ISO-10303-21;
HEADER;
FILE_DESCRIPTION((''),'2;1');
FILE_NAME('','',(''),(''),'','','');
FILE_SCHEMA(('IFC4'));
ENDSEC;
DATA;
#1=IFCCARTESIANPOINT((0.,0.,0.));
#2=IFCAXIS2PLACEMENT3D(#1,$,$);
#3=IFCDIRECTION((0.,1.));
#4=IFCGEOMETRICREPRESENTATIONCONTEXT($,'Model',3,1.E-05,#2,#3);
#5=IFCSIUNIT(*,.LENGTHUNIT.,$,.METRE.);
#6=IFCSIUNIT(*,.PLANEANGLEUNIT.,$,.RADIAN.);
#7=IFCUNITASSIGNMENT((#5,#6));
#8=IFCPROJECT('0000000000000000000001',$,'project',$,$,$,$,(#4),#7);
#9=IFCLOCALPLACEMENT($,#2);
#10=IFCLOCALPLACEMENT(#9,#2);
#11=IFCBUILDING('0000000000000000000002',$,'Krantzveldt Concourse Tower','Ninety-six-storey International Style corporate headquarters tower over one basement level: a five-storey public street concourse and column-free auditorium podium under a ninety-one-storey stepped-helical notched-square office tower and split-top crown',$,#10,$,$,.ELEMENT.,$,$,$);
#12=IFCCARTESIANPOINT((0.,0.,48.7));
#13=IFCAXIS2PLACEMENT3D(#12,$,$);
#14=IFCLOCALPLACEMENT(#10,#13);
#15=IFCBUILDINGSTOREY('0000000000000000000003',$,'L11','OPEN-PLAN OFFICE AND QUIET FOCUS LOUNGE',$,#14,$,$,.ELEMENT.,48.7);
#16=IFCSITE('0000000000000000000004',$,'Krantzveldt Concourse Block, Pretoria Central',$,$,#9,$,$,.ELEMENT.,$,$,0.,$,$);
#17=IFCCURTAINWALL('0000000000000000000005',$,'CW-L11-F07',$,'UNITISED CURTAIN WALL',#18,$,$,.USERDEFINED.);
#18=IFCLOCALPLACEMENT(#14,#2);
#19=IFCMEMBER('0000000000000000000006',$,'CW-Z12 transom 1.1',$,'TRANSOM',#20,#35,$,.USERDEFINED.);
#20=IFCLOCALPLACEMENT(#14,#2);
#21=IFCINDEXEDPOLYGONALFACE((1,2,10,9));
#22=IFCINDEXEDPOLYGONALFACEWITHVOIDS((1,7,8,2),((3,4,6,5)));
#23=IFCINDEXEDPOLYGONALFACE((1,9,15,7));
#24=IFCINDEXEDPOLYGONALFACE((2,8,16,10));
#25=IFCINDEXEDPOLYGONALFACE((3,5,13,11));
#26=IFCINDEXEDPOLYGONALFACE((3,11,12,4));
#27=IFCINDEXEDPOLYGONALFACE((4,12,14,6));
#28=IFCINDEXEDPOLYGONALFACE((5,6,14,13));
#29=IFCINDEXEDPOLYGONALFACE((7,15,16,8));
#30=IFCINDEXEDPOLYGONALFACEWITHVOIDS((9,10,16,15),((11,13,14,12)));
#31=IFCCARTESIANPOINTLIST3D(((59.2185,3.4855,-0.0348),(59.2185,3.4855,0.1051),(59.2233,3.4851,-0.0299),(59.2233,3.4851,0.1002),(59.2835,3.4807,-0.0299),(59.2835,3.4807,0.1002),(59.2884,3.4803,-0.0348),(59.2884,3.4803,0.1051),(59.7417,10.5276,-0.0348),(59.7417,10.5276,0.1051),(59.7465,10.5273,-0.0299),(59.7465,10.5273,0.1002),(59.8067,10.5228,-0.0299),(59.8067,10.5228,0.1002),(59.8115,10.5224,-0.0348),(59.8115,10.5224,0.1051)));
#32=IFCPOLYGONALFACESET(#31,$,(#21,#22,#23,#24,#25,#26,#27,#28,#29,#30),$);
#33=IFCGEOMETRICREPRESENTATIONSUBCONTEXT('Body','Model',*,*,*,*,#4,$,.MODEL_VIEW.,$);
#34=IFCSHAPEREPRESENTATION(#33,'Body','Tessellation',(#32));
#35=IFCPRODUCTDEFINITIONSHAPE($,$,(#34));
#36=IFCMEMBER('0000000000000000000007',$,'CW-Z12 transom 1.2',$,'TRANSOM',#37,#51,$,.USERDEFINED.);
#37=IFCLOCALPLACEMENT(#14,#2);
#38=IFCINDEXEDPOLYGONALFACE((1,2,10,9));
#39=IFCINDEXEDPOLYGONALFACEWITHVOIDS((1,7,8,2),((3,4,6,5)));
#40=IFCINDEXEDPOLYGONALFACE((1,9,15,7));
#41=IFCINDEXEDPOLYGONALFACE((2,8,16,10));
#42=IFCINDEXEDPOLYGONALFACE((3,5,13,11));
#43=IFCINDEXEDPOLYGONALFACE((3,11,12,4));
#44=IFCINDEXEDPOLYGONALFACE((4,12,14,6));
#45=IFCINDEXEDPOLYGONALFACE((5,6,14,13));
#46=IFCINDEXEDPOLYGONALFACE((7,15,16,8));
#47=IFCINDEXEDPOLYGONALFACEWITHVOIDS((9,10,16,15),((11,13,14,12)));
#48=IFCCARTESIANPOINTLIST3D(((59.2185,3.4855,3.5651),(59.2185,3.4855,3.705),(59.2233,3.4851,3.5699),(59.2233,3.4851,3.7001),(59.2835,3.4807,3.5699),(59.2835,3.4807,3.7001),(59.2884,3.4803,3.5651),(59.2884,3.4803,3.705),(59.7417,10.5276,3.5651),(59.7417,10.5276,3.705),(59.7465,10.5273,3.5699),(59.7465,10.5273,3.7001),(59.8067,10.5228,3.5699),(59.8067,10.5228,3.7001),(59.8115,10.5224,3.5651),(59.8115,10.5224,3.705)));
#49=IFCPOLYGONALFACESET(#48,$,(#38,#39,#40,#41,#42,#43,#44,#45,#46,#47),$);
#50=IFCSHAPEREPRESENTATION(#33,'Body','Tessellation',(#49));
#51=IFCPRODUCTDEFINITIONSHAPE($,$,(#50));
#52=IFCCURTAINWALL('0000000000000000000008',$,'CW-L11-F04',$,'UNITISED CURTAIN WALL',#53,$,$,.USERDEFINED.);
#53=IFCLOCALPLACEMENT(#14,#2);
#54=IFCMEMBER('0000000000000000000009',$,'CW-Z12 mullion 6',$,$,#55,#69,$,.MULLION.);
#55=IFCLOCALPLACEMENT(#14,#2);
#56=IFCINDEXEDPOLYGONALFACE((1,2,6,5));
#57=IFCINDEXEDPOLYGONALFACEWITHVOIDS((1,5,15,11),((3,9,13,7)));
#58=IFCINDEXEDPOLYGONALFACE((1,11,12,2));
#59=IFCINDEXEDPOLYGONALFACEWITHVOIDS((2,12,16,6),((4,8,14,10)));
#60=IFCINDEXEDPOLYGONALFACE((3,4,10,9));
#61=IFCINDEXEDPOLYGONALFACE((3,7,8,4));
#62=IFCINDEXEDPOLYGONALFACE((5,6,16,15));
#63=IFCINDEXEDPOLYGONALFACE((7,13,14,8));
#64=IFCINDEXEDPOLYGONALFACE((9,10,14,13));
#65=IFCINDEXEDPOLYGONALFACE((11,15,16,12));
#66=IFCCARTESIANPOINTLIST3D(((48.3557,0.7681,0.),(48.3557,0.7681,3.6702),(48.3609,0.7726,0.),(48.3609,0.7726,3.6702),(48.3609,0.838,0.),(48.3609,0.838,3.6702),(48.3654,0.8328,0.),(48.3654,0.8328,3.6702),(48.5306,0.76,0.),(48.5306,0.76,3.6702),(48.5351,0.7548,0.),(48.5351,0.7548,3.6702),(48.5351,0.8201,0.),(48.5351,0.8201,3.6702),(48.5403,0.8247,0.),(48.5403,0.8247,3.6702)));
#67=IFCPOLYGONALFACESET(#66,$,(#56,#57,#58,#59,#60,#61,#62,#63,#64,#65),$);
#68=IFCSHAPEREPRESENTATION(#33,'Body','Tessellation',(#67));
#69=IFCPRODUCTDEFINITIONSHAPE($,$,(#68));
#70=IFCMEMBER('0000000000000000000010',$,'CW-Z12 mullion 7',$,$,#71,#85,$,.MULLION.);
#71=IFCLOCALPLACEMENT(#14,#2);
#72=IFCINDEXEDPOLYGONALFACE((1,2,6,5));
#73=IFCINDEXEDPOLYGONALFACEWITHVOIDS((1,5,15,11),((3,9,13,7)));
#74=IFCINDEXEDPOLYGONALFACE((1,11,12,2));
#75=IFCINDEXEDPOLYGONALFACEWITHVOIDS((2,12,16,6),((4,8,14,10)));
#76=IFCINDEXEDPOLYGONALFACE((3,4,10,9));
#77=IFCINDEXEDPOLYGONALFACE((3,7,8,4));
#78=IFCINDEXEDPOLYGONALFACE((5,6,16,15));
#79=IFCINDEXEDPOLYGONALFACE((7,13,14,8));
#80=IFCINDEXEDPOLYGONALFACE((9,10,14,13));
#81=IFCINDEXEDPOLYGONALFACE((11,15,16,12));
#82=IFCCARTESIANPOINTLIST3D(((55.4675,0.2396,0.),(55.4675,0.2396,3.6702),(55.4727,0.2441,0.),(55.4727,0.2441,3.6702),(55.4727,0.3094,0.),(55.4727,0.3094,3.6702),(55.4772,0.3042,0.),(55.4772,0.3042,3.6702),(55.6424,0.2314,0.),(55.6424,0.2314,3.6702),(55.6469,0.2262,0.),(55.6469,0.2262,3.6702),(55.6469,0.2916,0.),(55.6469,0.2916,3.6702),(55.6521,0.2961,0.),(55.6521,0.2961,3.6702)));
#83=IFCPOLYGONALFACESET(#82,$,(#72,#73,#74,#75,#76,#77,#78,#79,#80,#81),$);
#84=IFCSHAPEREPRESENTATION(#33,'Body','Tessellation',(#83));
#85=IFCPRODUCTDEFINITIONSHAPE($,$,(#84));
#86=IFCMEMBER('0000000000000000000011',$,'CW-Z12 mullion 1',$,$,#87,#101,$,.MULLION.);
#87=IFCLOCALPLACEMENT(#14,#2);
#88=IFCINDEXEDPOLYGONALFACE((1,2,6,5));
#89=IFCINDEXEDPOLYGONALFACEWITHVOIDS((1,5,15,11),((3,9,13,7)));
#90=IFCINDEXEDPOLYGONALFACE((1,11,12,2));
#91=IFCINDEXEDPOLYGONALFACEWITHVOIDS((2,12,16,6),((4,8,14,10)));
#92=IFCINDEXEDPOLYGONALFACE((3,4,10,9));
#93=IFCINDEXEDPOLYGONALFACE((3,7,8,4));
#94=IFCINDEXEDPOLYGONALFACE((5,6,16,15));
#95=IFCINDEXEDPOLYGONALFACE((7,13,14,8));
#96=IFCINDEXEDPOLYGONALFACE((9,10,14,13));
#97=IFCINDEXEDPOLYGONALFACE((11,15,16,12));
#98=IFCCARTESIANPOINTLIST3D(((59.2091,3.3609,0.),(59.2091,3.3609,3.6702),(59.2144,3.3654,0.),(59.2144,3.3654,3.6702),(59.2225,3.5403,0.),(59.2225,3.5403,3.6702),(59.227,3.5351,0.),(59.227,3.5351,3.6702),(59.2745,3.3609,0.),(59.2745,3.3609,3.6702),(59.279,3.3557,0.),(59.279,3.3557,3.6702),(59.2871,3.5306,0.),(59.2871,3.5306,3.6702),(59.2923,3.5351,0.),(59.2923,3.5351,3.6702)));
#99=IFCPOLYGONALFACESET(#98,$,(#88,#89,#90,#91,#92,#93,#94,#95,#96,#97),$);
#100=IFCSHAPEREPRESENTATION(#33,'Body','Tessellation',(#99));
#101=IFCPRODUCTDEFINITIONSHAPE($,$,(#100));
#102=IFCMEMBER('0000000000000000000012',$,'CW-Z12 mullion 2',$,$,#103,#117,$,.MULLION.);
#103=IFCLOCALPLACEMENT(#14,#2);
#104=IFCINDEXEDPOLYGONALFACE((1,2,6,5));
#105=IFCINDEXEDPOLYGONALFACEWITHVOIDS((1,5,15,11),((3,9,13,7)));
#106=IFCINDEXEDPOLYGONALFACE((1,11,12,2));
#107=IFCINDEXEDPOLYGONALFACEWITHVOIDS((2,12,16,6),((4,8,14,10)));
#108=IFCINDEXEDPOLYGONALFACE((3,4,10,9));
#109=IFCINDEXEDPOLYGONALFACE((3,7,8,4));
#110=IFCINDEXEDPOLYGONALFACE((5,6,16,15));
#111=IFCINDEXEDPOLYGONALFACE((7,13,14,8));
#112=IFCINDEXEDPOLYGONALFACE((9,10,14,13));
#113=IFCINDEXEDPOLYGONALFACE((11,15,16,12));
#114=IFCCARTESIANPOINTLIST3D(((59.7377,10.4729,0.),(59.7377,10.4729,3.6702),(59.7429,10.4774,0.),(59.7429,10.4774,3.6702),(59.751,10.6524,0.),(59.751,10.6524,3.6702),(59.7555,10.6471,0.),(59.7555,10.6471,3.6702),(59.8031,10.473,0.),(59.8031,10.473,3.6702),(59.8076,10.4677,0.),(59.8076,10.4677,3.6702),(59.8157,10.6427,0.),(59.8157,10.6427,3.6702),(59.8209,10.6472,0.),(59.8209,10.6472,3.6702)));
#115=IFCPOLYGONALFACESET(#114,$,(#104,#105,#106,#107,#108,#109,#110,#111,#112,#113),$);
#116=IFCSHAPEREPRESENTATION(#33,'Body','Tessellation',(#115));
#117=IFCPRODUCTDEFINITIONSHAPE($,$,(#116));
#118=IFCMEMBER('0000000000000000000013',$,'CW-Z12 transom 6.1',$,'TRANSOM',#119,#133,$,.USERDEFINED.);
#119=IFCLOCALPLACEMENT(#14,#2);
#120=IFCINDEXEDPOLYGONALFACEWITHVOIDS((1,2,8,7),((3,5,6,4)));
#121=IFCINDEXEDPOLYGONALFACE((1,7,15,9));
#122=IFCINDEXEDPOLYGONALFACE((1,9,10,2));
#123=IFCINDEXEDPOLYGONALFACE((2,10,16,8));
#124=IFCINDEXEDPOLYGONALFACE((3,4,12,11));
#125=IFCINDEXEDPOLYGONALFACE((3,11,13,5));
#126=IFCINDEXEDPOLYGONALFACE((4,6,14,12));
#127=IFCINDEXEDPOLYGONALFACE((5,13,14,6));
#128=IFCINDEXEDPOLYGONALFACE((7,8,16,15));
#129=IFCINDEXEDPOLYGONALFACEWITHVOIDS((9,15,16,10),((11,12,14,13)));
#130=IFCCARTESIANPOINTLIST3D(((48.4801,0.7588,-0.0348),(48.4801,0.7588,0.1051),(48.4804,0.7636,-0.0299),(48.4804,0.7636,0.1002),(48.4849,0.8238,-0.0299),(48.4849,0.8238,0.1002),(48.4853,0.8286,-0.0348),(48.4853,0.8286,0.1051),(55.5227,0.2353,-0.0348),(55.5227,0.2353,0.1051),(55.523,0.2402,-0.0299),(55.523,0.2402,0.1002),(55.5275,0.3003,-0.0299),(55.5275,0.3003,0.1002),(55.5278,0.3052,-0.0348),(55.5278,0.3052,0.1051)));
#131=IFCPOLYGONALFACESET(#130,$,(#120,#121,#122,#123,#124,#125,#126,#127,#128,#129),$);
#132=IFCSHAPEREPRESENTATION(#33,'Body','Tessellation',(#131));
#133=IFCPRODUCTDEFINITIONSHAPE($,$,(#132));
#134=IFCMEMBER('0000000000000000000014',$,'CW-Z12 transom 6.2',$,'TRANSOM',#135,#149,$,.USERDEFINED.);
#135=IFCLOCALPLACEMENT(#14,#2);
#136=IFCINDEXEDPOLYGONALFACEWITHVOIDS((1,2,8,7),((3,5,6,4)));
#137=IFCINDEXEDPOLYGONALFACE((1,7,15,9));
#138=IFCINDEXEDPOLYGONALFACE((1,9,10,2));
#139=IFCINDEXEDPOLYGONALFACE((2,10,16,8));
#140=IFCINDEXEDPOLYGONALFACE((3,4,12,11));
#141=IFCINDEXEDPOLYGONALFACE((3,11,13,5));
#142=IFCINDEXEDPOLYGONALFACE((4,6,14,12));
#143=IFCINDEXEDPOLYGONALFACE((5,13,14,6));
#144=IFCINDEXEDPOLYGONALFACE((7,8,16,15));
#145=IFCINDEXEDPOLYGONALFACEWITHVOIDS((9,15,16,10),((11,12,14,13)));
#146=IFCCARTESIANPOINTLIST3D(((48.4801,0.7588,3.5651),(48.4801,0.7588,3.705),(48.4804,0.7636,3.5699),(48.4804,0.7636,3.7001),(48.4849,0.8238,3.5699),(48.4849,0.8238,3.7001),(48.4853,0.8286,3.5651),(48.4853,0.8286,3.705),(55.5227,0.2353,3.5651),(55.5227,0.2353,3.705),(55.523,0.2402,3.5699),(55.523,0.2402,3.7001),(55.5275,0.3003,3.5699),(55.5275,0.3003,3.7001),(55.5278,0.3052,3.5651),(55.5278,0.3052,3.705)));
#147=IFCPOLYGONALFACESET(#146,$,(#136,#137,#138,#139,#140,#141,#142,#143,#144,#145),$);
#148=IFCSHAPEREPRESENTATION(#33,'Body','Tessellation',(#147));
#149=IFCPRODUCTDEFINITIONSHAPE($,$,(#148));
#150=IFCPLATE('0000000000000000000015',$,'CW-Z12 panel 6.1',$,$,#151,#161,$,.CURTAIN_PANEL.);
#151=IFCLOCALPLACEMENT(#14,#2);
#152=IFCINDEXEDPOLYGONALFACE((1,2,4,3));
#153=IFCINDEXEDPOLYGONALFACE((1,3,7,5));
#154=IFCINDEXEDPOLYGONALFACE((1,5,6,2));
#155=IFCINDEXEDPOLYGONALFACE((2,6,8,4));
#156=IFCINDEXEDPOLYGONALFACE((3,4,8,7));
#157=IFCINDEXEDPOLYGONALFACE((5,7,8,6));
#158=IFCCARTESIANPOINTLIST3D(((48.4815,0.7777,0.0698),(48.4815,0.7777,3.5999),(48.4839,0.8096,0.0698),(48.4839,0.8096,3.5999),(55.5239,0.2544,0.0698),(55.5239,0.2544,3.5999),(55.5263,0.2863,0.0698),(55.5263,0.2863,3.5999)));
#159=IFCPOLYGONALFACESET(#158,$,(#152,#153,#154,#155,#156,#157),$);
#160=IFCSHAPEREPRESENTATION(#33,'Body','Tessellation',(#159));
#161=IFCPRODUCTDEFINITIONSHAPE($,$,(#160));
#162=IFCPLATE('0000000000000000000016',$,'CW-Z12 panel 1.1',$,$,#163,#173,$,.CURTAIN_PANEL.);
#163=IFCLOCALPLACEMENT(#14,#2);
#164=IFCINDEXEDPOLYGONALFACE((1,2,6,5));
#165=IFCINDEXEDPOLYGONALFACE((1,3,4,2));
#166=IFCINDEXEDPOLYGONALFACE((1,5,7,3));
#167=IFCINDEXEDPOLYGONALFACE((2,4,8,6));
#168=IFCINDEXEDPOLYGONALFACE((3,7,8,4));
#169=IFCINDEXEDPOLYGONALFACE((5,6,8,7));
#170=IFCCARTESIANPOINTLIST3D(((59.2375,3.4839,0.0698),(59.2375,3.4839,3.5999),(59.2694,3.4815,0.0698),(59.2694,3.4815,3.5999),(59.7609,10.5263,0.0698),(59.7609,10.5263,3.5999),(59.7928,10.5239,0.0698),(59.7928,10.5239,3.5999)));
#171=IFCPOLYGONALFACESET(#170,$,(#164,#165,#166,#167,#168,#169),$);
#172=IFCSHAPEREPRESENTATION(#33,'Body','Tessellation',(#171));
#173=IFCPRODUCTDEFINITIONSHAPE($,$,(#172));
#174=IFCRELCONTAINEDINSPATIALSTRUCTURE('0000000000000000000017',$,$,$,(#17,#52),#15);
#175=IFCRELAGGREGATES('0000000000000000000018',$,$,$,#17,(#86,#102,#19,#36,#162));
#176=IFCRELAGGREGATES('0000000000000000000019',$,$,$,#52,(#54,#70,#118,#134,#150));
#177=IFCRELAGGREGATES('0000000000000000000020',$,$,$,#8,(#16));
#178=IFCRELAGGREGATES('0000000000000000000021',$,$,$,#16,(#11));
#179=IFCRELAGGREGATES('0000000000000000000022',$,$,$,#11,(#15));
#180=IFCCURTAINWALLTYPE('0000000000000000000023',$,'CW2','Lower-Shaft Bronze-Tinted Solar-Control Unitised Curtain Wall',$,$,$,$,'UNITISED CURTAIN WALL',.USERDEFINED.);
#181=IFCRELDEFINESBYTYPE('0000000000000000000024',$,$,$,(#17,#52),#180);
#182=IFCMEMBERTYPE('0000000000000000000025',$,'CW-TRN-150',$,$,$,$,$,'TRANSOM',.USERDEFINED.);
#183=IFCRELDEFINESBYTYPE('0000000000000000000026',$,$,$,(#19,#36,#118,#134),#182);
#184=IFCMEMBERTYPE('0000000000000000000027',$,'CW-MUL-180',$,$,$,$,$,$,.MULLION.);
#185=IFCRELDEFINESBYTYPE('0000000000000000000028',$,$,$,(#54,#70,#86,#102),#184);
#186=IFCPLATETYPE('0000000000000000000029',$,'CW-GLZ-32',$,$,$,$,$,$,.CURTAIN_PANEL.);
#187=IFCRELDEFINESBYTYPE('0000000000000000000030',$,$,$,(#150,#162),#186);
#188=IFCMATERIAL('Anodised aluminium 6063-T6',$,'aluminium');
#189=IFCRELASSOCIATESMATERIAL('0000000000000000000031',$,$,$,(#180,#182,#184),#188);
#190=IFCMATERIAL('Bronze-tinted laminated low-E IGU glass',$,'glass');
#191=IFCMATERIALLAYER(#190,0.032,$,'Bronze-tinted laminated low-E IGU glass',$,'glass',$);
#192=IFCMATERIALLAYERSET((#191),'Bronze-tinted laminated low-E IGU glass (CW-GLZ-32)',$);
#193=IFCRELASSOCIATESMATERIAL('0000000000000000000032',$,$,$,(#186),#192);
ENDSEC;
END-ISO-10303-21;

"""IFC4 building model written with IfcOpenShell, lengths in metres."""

from ifc_helpers import new_model, si_unit, direction, frame, origin, origin_2d, place, context, subcontext, project, spatial, rectangle, hollow_rectangle, extrude, source, transform, mapped, material, layer, layer_set, material_profile, profile_set, type_object, type_shapes, element, aggregate, save


model = new_model("IFC4")

# Units and contexts
model_context = context("Model", 3, precision=1e-05, world=origin(), true_north=direction((0.0, 1.0)))
body_context = subcontext(model_context, "Body", "Model", "MODEL_VIEW")
ifc_project = project(units=[si_unit("LENGTHUNIT", "METRE"), si_unit("PLANEANGLEUNIT", "RADIAN")], contexts=[model_context])

# Site, building, storey
site_placement = place(None, origin())
site = spatial("IfcSite", under=ifc_project, at=site_placement, Name="Krantzveldt Concourse Block, Pretoria Central", CompositionType="ELEMENT", RefElevation=0.0)
building_placement = place(site_placement, origin())
building = spatial("IfcBuilding", under=site, at=building_placement, Name="Krantzveldt Concourse Tower", Description="Ninety-six-storey International Style corporate headquarters tower over one basement level: a five-storey public street concourse and column-free auditorium podium under a ninety-one-storey stepped-helical notched-square office tower and split-top crown", CompositionType="ELEMENT")
storey_placement = place(building_placement, frame((0.0, 0.0, 48.7)))
storey = spatial("IfcBuildingStorey", under=building, at=storey_placement, Name="L11", Description="OPEN-PLAN OFFICE AND QUIET FOCUS LOUNGE", CompositionType="ELEMENT", Elevation=48.7)

# Curtain walls, members
ifc_material_1 = material(Name="Anodised aluminium 6063-T6", Category="aluminium")
curtain_wall_type = type_object("IfcCurtainWallType", Name="CW2", Description="Lower-Shaft Bronze-Tinted Solar-Control Unitised Curtain Wall", ElementType="UNITISED CURTAIN WALL", PredefinedType="USERDEFINED", material=ifc_material_1)
curtain_wall_1_placement = place(storey_placement, origin())
curtain_wall_1 = element("IfcCurtainWall", 1, at=curtain_wall_1_placement, inside=storey, type_object=curtain_wall_type, Name="CW-L11-F07", ObjectType="UNITISED CURTAIN WALL", PredefinedType="USERDEFINED")
ifc_material_profile_1 = material_profile(ifc_material_1, hollow_rectangle(XDim=0.0701, YDim=0.1399, WallThickness=0.0049, at=origin_2d()), Name="Anodised aluminium 6063-T6", Category="aluminium")
ifc_profile_set_1 = profile_set([ifc_material_profile_1], Name="Anodised aluminium 6063-T6 - ALU-TRAN 140x70x5")
member_type_1 = type_object("IfcMemberType", Name="CW-TRN-150", ElementType="TRANSOM", PredefinedType="USERDEFINED", material=ifc_profile_set_1)
shared_shape_1 = source(origin(), body_context, "Body", "SweptSolid", [
    extrude(hollow_rectangle(XDim=0.0701, YDim=0.1399, WallThickness=0.0049, at=origin_2d()), origin(), (0.0, 0.0, 1.0), 7.0615),
])
member_1_placement = place(storey_placement, frame((59.2534, 3.4829, 0.0352), z_axis=(0.074089, 0.997252, 0.0), x_axis=(-0.997252, 0.074089, 0.0)))
member_1 = element("IfcMember", 2, at=member_1_placement, type_object=member_type_1, Name="CW-Z12 transom 1.1", ObjectType="TRANSOM", PredefinedType="USERDEFINED", context=body_context, shape_type="MappedRepresentation", body=[
    mapped(shared_shape_1, transform((0.0, 0.0, 0.0), x_axis=(1.0, 0.0, 0.0), y_axis=(0.0, 1.0, 0.0), z_axis=(0.0, 0.0, 1.0), scale=1.0)),
])
member_2_placement = place(storey_placement, frame((59.2534, 3.4829, 3.635), z_axis=(0.074089, 0.997252, 0.0), x_axis=(-0.997252, 0.074089, 0.0)))
member_2 = element("IfcMember", 3, at=member_2_placement, type_object=member_type_1, Name="CW-Z12 transom 1.2", ObjectType="TRANSOM", PredefinedType="USERDEFINED", context=body_context, shape_type="MappedRepresentation", body=[
    mapped(shared_shape_1, transform((0.0, 0.0, 0.0), x_axis=(1.0, 0.0, 0.0), y_axis=(0.0, 1.0, 0.0), z_axis=(0.0, 0.0, 1.0), scale=1.0)),
])
curtain_wall_2_placement = place(storey_placement, origin())
curtain_wall_2 = element("IfcCurtainWall", 4, at=curtain_wall_2_placement, inside=storey, type_object=curtain_wall_type, Name="CW-L11-F04", ObjectType="UNITISED CURTAIN WALL", PredefinedType="USERDEFINED")
ifc_material_profile_2 = material_profile(ifc_material_1, hollow_rectangle(XDim=0.0701, YDim=0.1799, WallThickness=0.0049, at=origin_2d()), Name="Anodised aluminium 6063-T6", Category="aluminium")
ifc_profile_set_2 = profile_set([ifc_material_profile_2], Name="Anodised aluminium 6063-T6 - ALU-MULL 180x70x5")
member_type_2 = type_object("IfcMemberType", Name="CW-MUL-180", PredefinedType="MULLION", material=ifc_profile_set_2)
shared_shape_2 = source(origin(), body_context, "Body", "SweptSolid", [
    extrude(hollow_rectangle(XDim=0.0701, YDim=0.1799, WallThickness=0.0049, at=origin_2d()), origin(), (0.0, 0.0, 1.0), 3.6702),
])
type_shapes(member_type_2, [shared_shape_2])
member_3_placement = place(storey_placement, frame((48.448, 0.7964, 0.0), z_axis=(0.0, 0.0, 1.0), x_axis=(0.074109, 0.99725, 0.0)))
member_3 = element("IfcMember", 5, at=member_3_placement, type_object=member_type_2, Name="CW-Z12 mullion 6", PredefinedType="MULLION", context=body_context, shape_type="MappedRepresentation", body=[
    mapped(shared_shape_2, transform((0.0, 0.0, 0.0), x_axis=(1.0, 0.0, 0.0), y_axis=(0.0, 1.0, 0.0), z_axis=(0.0, 0.0, 1.0), scale=1.0)),
])
member_4_placement = place(storey_placement, frame((55.5598, 0.2678, 0.0), z_axis=(0.0, 0.0, 1.0), x_axis=(0.074109, 0.99725, 0.0)))
member_4 = element("IfcMember", 6, at=member_4_placement, type_object=member_type_2, Name="CW-Z12 mullion 7", PredefinedType="MULLION", context=body_context, shape_type="MappedRepresentation", body=[
    mapped(shared_shape_2, transform((0.0, 0.0, 0.0), x_axis=(1.0, 0.0, 0.0), y_axis=(0.0, 1.0, 0.0), z_axis=(0.0, 0.0, 1.0), scale=1.0)),
])

# Members
member_5_placement = place(storey_placement, frame((59.2507, 3.448, 0.0), z_axis=(0.0, 0.0, 1.0), x_axis=(-0.99725, 0.074109, 0.0)))
member_5 = element("IfcMember", 7, at=member_5_placement, type_object=member_type_2, Name="CW-Z12 mullion 1", PredefinedType="MULLION", context=body_context, shape_type="MappedRepresentation", body=[
    mapped(shared_shape_2, transform((0.0, 0.0, 0.0), x_axis=(1.0, 0.0, 0.0), y_axis=(0.0, 1.0, 0.0), z_axis=(0.0, 0.0, 1.0), scale=1.0)),
])
member_6_placement = place(storey_placement, frame((59.7793, 10.5601, 0.0), z_axis=(0.0, 0.0, 1.0), x_axis=(-0.99725, 0.074109, 0.0)))
member_6 = element("IfcMember", 8, at=member_6_placement, type_object=member_type_2, Name="CW-Z12 mullion 2", PredefinedType="MULLION", context=body_context, shape_type="MappedRepresentation", body=[
    mapped(shared_shape_2, transform((0.0, 0.0, 0.0), x_axis=(1.0, 0.0, 0.0), y_axis=(0.0, 1.0, 0.0), z_axis=(0.0, 0.0, 1.0), scale=1.0)),
])
shared_shape_3 = source(origin(), body_context, "Body", "SweptSolid", [
    extrude(hollow_rectangle(XDim=0.0701, YDim=0.1399, WallThickness=0.0049, at=origin_2d()), origin(), (0.0, 0.0, 1.0), 7.062),
])
type_shapes(member_type_1, [shared_shape_1, shared_shape_3])
member_7_placement = place(storey_placement, frame((48.4827, 0.7937, 0.0352), z_axis=(0.997249, -0.074121, 0.0), x_axis=(0.074121, 0.997249, 0.0)))
member_7 = element("IfcMember", 9, at=member_7_placement, type_object=member_type_1, Name="CW-Z12 transom 6.1", ObjectType="TRANSOM", PredefinedType="USERDEFINED", context=body_context, shape_type="MappedRepresentation", body=[
    mapped(shared_shape_3, transform((0.0, 0.0, 0.0), x_axis=(1.0, 0.0, 0.0), y_axis=(0.0, 1.0, 0.0), z_axis=(0.0, 0.0, 1.0), scale=1.0)),
])
member_8_placement = place(storey_placement, frame((48.4827, 0.7937, 3.635), z_axis=(0.997249, -0.074121, 0.0), x_axis=(0.074121, 0.997249, 0.0)))
member_8 = element("IfcMember", 10, at=member_8_placement, type_object=member_type_1, Name="CW-Z12 transom 6.2", ObjectType="TRANSOM", PredefinedType="USERDEFINED", context=body_context, shape_type="MappedRepresentation", body=[
    mapped(shared_shape_3, transform((0.0, 0.0, 0.0), x_axis=(1.0, 0.0, 0.0), y_axis=(0.0, 1.0, 0.0), z_axis=(0.0, 0.0, 1.0), scale=1.0)),
])

# Plates
ifc_material_2 = material(Name="Bronze-tinted laminated low-E IGU glass", Category="glass")
ifc_layer_1 = layer(ifc_material_2, 0.032, Name="Bronze-tinted laminated low-E IGU glass", Category="glass")
ifc_layer_set_1 = layer_set([ifc_layer_1], Name="Bronze-tinted laminated low-E IGU glass (CW-GLZ-32)")
plate_type = type_object("IfcPlateType", Name="CW-GLZ-32", PredefinedType="CURTAIN_PANEL", material=ifc_layer_set_1)
shared_shape_4 = source(origin(), body_context, "Body", "SweptSolid", [
    extrude(rectangle(XDim=7.0618, YDim=0.032, at=origin_2d()), origin(), (0.0, 0.0, 1.0), 3.53),
])
plate_1_placement = place(storey_placement, frame((52.0039, 0.532, 0.0698), z_axis=(0.0, 0.0, 1.0), x_axis=(0.99725, -0.074109, 0.0)))
plate_1 = element("IfcPlate", 11, at=plate_1_placement, type_object=plate_type, Name="CW-Z12 panel 6.1", PredefinedType="CURTAIN_PANEL", context=body_context, shape_type="MappedRepresentation", body=[
    mapped(shared_shape_4, transform((0.0, 0.0, 0.0), x_axis=(1.0, 0.0, 0.0), y_axis=(0.0, 1.0, 0.0), z_axis=(0.0, 0.0, 1.0), scale=1.0)),
])
plate_2_placement = place(storey_placement, frame((59.5151, 7.0039, 0.0698), z_axis=(0.0, 0.0, 1.0), x_axis=(0.074109, 0.99725, 0.0)))
plate_2 = element("IfcPlate", 12, at=plate_2_placement, type_object=plate_type, Name="CW-Z12 panel 1.1", PredefinedType="CURTAIN_PANEL", context=body_context, shape_type="MappedRepresentation", body=[
    mapped(shared_shape_4, transform((0.0, 0.0, 0.0), x_axis=(1.0, 0.0, 0.0), y_axis=(0.0, 1.0, 0.0), z_axis=(0.0, 0.0, 1.0), scale=1.0)),
])
aggregate(curtain_wall_1, [member_5, member_6, member_1, member_2, plate_2])
aggregate(curtain_wall_2, [member_3, member_4, member_7, member_8, plate_1])

save(model, "model.ifc")
